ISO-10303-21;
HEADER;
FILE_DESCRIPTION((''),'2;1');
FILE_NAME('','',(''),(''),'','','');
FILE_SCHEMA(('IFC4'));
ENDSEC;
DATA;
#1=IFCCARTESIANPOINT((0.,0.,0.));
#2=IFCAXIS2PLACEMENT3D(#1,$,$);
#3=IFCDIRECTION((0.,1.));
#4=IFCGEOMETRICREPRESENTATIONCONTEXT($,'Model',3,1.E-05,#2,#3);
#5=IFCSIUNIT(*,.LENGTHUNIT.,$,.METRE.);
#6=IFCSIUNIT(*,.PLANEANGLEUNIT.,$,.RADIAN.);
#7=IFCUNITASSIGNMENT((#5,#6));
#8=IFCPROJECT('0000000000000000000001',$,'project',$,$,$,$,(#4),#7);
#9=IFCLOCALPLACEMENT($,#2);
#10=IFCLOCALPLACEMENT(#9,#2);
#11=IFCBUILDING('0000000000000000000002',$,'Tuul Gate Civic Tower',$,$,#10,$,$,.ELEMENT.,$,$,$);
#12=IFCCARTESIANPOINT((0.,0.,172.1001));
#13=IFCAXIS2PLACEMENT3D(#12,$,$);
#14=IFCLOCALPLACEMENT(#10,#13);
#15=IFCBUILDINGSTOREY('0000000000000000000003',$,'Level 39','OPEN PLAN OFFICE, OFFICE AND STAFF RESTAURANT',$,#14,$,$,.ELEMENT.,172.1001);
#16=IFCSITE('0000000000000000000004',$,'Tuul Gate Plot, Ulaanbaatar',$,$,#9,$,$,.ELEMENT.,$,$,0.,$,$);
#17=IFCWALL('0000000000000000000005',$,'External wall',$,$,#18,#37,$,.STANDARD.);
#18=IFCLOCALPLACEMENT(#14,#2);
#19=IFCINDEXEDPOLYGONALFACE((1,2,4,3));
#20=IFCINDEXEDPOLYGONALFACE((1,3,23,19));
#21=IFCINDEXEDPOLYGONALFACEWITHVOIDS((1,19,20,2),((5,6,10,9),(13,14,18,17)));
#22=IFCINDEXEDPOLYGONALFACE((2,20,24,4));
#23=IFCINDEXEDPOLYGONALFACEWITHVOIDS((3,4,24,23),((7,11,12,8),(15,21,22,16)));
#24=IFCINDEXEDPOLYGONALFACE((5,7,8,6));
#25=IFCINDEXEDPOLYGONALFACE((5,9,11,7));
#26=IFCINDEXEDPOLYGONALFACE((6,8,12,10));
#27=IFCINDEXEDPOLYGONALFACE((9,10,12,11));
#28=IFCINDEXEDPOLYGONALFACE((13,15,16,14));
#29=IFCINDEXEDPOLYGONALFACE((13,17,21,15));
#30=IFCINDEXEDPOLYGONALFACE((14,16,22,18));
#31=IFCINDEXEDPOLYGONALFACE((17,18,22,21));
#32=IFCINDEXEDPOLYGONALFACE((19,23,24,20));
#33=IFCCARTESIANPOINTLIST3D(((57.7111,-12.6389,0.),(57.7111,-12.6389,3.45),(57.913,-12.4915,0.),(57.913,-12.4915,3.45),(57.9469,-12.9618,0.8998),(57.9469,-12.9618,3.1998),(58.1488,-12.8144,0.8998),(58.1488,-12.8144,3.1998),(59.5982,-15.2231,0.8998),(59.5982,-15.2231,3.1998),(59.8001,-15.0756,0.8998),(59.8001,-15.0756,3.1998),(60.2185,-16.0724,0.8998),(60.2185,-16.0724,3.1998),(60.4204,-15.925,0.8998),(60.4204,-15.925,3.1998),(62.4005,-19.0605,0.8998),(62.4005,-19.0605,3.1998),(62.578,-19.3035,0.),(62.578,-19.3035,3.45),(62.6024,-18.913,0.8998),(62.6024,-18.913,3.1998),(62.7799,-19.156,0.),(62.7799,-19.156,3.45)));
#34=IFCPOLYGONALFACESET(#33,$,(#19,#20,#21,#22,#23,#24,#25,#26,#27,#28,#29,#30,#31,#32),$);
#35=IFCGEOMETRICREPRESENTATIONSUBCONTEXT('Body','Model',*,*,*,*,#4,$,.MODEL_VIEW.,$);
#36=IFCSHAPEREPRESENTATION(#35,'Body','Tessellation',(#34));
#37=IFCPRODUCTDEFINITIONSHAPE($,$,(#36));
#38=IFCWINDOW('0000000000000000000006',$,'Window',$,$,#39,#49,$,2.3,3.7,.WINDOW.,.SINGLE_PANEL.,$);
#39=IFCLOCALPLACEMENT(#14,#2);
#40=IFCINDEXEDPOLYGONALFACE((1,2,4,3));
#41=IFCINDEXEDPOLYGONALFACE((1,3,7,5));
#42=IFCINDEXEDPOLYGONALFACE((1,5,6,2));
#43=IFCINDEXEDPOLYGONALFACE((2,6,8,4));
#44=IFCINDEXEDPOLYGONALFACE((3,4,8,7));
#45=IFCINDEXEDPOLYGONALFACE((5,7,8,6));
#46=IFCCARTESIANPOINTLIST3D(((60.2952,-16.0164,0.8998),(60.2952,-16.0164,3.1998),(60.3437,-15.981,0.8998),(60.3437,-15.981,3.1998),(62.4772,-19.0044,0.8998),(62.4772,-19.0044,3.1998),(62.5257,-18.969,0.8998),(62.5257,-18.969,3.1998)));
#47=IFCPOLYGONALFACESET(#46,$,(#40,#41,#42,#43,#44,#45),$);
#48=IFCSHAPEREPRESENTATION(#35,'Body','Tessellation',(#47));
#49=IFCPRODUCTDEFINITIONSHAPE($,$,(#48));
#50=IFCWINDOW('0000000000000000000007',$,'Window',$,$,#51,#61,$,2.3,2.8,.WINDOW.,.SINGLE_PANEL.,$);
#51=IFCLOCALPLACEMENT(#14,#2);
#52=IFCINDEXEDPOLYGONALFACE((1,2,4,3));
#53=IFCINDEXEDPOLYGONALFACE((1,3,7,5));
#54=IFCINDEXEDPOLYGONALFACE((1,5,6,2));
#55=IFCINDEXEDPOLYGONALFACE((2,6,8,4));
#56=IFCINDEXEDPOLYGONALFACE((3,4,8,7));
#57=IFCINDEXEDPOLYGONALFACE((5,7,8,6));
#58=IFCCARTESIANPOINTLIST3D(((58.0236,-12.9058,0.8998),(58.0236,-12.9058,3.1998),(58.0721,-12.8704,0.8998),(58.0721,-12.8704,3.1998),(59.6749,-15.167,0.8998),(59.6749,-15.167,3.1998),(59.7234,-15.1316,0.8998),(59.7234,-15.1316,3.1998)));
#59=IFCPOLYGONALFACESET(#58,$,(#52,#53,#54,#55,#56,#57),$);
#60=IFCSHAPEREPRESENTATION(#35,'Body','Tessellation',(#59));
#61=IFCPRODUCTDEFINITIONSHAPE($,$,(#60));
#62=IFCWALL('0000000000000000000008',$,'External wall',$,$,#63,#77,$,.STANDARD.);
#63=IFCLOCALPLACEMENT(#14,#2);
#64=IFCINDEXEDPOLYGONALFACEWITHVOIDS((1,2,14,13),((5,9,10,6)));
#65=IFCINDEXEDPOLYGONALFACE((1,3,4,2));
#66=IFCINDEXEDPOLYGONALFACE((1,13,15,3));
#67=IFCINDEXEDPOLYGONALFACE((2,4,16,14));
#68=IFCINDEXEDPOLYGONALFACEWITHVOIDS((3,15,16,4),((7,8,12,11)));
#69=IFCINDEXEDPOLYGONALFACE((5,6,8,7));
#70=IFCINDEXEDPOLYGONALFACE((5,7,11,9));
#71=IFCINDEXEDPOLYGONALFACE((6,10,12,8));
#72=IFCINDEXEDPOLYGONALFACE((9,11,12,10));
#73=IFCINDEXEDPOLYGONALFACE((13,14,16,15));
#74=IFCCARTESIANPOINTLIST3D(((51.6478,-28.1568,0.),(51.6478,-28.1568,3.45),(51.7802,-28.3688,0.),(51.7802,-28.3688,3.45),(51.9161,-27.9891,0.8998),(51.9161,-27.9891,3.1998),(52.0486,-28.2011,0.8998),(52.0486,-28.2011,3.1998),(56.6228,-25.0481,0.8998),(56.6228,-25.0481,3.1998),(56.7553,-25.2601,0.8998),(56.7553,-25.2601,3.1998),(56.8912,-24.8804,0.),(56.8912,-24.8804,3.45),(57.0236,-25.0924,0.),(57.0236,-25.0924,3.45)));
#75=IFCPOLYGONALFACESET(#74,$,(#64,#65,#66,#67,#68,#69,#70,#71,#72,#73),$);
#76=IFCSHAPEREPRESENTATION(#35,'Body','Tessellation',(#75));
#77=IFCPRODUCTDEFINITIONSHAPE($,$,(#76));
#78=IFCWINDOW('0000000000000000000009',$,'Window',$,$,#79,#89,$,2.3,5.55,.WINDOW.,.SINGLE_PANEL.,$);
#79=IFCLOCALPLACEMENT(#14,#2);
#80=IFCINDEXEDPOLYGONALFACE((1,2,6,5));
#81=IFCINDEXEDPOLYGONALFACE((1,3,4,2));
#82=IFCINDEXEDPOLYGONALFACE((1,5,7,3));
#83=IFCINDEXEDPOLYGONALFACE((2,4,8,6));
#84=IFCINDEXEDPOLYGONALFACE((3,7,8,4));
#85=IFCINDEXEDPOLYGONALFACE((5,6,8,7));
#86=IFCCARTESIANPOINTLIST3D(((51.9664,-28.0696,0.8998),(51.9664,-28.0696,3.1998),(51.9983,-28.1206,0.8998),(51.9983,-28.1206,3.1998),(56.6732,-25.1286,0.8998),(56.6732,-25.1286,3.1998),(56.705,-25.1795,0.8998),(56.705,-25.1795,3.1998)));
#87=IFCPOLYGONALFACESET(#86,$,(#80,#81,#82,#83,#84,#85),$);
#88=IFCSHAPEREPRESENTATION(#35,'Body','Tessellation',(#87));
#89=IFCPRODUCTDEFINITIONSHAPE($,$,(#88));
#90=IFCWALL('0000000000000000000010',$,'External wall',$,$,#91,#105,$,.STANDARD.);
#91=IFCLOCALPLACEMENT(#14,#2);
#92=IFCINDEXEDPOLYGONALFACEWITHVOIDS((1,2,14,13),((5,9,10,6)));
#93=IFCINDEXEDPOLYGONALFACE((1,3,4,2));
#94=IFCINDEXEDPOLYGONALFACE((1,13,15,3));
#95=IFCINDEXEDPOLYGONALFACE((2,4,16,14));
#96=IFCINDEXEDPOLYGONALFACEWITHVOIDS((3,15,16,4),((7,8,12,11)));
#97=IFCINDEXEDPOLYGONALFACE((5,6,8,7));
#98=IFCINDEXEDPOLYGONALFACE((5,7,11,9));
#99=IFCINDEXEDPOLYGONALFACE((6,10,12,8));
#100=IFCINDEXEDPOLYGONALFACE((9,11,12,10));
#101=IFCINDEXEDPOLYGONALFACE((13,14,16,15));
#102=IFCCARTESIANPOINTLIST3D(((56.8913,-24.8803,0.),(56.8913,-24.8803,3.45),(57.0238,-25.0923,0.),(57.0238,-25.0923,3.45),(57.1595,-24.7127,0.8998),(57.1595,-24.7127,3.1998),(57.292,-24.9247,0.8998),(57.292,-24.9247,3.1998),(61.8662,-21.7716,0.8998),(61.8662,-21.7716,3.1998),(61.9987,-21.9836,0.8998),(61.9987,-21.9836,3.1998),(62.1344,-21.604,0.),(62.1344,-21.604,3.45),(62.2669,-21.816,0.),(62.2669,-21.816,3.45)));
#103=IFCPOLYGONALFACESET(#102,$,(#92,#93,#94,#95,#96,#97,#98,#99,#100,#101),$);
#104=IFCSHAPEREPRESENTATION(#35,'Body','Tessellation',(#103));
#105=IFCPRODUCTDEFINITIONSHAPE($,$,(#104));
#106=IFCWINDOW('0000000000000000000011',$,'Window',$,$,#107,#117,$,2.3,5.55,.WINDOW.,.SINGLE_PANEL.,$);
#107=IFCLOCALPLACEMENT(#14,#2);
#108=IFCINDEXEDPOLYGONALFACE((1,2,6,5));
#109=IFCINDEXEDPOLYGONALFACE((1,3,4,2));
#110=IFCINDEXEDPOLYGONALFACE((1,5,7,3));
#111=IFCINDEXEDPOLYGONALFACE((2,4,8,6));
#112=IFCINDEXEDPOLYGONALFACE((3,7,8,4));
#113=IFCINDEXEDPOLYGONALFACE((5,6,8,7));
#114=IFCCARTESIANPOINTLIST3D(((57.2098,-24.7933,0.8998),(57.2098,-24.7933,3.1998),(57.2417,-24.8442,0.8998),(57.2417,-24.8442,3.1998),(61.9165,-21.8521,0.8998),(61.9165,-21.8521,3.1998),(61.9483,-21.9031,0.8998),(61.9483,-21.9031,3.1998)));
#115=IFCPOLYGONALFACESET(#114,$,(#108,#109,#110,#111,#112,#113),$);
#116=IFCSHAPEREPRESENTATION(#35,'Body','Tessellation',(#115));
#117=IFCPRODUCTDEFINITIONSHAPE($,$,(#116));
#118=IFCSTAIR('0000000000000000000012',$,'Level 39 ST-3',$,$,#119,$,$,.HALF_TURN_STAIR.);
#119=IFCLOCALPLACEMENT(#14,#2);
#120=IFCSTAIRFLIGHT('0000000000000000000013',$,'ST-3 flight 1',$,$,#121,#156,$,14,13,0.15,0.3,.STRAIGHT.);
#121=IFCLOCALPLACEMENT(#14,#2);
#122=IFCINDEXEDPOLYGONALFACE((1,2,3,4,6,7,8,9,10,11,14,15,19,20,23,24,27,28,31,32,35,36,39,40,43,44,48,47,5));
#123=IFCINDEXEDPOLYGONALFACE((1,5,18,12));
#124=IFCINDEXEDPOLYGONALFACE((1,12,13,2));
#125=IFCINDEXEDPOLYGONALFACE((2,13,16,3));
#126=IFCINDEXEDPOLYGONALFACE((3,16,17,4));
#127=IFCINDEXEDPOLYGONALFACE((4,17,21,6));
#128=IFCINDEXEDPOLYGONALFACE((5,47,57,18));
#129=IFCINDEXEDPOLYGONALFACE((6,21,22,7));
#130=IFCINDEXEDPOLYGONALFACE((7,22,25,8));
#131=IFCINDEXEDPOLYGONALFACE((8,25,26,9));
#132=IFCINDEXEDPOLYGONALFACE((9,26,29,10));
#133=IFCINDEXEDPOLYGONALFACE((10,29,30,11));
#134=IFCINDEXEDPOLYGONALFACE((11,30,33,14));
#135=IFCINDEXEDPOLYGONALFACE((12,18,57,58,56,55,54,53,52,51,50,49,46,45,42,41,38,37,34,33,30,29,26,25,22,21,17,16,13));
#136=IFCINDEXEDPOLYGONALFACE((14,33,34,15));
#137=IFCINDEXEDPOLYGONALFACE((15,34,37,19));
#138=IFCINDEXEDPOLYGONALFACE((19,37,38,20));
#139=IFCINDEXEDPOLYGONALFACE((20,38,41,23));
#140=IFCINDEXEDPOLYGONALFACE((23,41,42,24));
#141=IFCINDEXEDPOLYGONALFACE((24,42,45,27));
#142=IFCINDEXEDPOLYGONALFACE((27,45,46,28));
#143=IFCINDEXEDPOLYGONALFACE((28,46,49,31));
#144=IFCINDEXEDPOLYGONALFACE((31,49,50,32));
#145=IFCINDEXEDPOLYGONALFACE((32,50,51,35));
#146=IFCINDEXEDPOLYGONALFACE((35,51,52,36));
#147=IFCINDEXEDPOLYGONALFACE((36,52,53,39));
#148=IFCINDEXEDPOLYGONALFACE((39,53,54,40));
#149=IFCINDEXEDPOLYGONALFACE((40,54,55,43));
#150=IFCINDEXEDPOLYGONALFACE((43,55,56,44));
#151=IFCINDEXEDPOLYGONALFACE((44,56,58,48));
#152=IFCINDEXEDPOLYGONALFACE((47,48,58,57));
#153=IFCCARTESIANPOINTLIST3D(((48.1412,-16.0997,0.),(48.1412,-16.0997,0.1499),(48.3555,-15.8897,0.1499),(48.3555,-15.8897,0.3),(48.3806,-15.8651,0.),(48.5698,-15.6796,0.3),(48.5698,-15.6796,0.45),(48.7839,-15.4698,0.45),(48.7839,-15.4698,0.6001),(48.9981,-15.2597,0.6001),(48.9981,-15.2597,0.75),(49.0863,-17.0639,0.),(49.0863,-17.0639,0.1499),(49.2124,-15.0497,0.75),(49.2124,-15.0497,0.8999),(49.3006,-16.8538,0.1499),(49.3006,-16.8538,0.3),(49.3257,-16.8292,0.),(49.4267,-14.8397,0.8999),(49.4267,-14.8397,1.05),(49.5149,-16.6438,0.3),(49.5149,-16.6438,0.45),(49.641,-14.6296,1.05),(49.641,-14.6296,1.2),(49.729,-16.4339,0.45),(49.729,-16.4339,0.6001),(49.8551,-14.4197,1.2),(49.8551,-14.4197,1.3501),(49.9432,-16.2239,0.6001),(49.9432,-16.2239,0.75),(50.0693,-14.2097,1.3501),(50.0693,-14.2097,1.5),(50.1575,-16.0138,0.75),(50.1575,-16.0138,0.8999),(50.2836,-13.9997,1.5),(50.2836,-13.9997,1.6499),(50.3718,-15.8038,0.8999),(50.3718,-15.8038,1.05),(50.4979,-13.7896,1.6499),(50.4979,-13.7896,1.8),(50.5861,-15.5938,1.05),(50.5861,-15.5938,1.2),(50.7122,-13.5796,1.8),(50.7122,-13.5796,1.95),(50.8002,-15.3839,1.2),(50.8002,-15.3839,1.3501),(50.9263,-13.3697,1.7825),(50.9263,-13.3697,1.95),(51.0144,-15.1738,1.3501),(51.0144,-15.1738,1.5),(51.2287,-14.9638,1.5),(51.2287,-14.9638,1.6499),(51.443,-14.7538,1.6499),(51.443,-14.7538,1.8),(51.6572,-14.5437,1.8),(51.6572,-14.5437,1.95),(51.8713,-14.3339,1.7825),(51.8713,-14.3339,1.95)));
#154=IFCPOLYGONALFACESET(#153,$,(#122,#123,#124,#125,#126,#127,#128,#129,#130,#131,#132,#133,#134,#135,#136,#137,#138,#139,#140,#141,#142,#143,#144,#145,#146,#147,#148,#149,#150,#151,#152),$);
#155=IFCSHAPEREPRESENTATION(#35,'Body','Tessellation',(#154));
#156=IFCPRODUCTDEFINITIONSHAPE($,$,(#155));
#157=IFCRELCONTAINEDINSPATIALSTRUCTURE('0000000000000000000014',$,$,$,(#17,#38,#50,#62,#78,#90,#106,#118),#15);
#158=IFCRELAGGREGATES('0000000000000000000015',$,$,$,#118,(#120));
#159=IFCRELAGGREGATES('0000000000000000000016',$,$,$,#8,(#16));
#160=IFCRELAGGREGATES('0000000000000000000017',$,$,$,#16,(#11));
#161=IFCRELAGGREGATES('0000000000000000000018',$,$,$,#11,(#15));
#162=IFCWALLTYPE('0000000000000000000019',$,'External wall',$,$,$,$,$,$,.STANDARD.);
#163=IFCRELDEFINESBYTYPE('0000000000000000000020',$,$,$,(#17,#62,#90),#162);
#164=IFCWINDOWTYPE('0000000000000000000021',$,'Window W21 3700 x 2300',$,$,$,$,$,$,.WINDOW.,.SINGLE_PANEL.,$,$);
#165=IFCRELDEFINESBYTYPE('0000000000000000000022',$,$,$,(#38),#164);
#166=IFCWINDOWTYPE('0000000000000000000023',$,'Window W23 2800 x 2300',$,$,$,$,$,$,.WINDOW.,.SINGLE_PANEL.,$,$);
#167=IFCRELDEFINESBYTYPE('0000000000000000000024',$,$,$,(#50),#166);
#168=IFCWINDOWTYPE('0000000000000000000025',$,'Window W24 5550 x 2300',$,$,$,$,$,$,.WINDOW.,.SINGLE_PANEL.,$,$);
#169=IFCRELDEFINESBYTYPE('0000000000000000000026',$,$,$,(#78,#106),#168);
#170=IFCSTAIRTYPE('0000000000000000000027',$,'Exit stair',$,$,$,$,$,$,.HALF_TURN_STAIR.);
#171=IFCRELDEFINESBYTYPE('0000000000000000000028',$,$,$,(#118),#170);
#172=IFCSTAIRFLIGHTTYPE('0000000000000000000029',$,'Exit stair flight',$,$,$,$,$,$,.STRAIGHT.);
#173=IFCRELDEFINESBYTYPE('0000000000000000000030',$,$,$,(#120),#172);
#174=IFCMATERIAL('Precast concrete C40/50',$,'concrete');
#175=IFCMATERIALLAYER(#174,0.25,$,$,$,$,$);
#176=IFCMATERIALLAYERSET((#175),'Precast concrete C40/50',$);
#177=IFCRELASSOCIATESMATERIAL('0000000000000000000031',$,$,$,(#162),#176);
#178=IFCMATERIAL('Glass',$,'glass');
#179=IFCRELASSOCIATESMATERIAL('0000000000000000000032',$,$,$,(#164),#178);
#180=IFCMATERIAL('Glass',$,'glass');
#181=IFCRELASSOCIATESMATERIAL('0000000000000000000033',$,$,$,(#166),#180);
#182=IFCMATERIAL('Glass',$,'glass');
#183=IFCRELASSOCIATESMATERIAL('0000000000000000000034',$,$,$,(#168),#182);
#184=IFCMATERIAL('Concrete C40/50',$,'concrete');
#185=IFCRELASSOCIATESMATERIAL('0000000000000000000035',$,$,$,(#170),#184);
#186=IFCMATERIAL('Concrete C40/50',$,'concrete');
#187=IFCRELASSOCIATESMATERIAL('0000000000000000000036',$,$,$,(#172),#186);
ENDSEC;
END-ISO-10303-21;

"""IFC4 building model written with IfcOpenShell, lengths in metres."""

from ifc_helpers import new_model, si_unit, direction, frame, frame_2d, origin, place, context, subcontext, project, spatial, polyline, rectangle, outline, extrude, material, layer, layer_set, type_object, element, fill, aggregate, save


model = new_model("IFC4")

# Units and contexts
model_context = context("Model", 3, precision=1e-05, world=origin(), true_north=direction((0.0, 1.0)))
body_context = subcontext(model_context, "Body", "Model", "MODEL_VIEW")
ifc_project = project(units=[si_unit("LENGTHUNIT", "METRE"), si_unit("PLANEANGLEUNIT", "RADIAN")], contexts=[model_context])

# Site, building, storey
site_placement = place(None, origin())
site = spatial("IfcSite", under=ifc_project, at=site_placement, Name="Tuul Gate Plot, Ulaanbaatar", CompositionType="ELEMENT", RefElevation=0.0)
building_placement = place(site_placement, origin())
building = spatial("IfcBuilding", under=site, at=building_placement, Name="Tuul Gate Civic Tower", CompositionType="ELEMENT")
storey_placement = place(building_placement, frame((0.0, 0.0, 172.1001)))
storey = spatial("IfcBuildingStorey", under=building, at=storey_placement, Name="Level 39", Description="OPEN PLAN OFFICE, OFFICE AND STAFF RESTAURANT", CompositionType="ELEMENT", Elevation=172.1001)

# Shared definitions
ifc_material_1 = material(Name="Precast concrete C40/50", Category="concrete")
ifc_layer_1 = layer(ifc_material_1, 0.25)
ifc_layer_set_1 = layer_set([ifc_layer_1], Name="Precast concrete C40/50")
wall_type_1 = type_object("IfcWallType", Name="External wall", PredefinedType="STANDARD", material=ifc_layer_set_1)

# Wall, openings, windows
wall_1_placement = place(storey_placement, frame((62.679, -19.2297, 0.0), z_axis=(0.0, 0.0, 1.0), x_axis=(-0.589755, 0.807582, 0.0)))
wall_1 = element("IfcWall", 1, at=wall_1_placement, inside=storey, type_object=wall_type_1, Name="External wall", PredefinedType="STANDARD", context=body_context, shape_type="SweptSolid", body=[
    extrude(rectangle(XDim=8.2524, YDim=0.25, at=frame_2d((4.1262, 0.0))), origin(), (0.0, 0.0, 1.0), 3.45),
])
opening_1_placement = place(wall_1_placement, frame((0.3008, 0.0, 0.8999)))
opening_1 = element("IfcOpeningElement", 2, at=opening_1_placement, cuts=wall_1, PredefinedType="OPENING", context=body_context, shape_type="SweptSolid", body=[
    extrude(rectangle(XDim=3.7, YDim=2.3, at=frame_2d((1.8501, 1.1499))), frame((0.0, 0.135, 0.0), z_axis=(0.0, -1.0, 0.0), x_axis=(1.0, 0.0, 0.0)), (0.0, 0.0, 1.0), 0.27),
])
opening_2_placement = place(wall_1_placement, frame((5.0527, 0.0, 0.8999)))
opening_2 = element("IfcOpeningElement", 3, at=opening_2_placement, cuts=wall_1, PredefinedType="OPENING", context=body_context, shape_type="SweptSolid", body=[
    extrude(rectangle(XDim=2.8, YDim=2.3, at=frame_2d((1.3999, 1.1499))), frame((0.0, 0.135, 0.0), z_axis=(0.0, -1.0, 0.0), x_axis=(1.0, 0.0, 0.0)), (0.0, 0.0, 1.0), 0.27),
])
ifc_material_2 = material(Name="Glass", Category="glass")
window_type_1 = type_object("IfcWindowType", Name="Window W21 3700 x 2300", PartitioningType="SINGLE_PANEL", PredefinedType="WINDOW", material=ifc_material_2)
window_1_placement = place(opening_1_placement, origin())
window_1 = element("IfcWindow", 4, at=window_1_placement, inside=storey, type_object=window_type_1, Name="Window", OverallHeight=2.3, OverallWidth=3.7, PartitioningType="SINGLE_PANEL", PredefinedType="WINDOW", context=body_context, shape_type="SweptSolid", body=[
    extrude(rectangle(XDim=3.7, YDim=2.3, at=frame_2d((1.8501, 1.1499))), frame((0.0, 0.03, 0.0), z_axis=(0.0, -1.0, 0.0), x_axis=(1.0, 0.0, 0.0)), (0.0, 0.0, 1.0), 0.0601),
])
fill(opening_1, window_1)
ifc_material_3 = material(Name="Glass", Category="glass")
window_type_2 = type_object("IfcWindowType", Name="Window W23 2800 x 2300", PartitioningType="SINGLE_PANEL", PredefinedType="WINDOW", material=ifc_material_3)
window_2_placement = place(opening_2_placement, origin())
window_2 = element("IfcWindow", 5, at=window_2_placement, inside=storey, type_object=window_type_2, Name="Window", OverallHeight=2.3, OverallWidth=2.8, PartitioningType="SINGLE_PANEL", PredefinedType="WINDOW", context=body_context, shape_type="SweptSolid", body=[
    extrude(rectangle(XDim=2.8, YDim=2.3, at=frame_2d((1.3999, 1.1499))), frame((0.0, 0.03, 0.0), z_axis=(0.0, -1.0, 0.0), x_axis=(1.0, 0.0, 0.0)), (0.0, 0.0, 1.0), 0.0601),
])
fill(opening_2, window_2)

# Walls, openings, windows
wall_2_placement = place(storey_placement, frame((51.7141, -28.2627, 0.0), z_axis=(0.0, 0.0, 1.0), x_axis=(0.848054, 0.52991, 0.0)))
wall_2 = element("IfcWall", 6, at=wall_2_placement, inside=storey, type_object=wall_type_1, Name="External wall", PredefinedType="STANDARD", context=body_context, shape_type="SweptSolid", body=[
    extrude(rectangle(XDim=6.1829, YDim=0.25, at=frame_2d((3.0913, 0.0))), origin(), (0.0, 0.0, 1.0), 3.45),
])
opening_3_placement = place(wall_2_placement, frame((0.3164, 0.0, 0.8999)))
opening_3 = element("IfcOpeningElement", 7, at=opening_3_placement, cuts=wall_2, PredefinedType="OPENING", context=body_context, shape_type="SweptSolid", body=[
    extrude(rectangle(XDim=5.55, YDim=2.3, at=frame_2d((2.7749, 1.1499))), frame((0.0, 0.135, 0.0), z_axis=(0.0, -1.0, 0.0), x_axis=(1.0, 0.0, 0.0)), (0.0, 0.0, 1.0), 0.27),
])
ifc_material_4 = material(Name="Glass", Category="glass")
window_type_3 = type_object("IfcWindowType", Name="Window W24 5550 x 2300", PartitioningType="SINGLE_PANEL", PredefinedType="WINDOW", material=ifc_material_4)
window_3_placement = place(opening_3_placement, origin())
window_3 = element("IfcWindow", 8, at=window_3_placement, inside=storey, type_object=window_type_3, Name="Window", OverallHeight=2.3, OverallWidth=5.55, PartitioningType="SINGLE_PANEL", PredefinedType="WINDOW", context=body_context, shape_type="SweptSolid", body=[
    extrude(rectangle(XDim=5.55, YDim=2.3, at=frame_2d((2.7749, 1.1499))), frame((0.0, 0.03, 0.0), z_axis=(0.0, -1.0, 0.0), x_axis=(1.0, 0.0, 0.0)), (0.0, 0.0, 1.0), 0.0601),
])
fill(opening_3, window_3)
wall_3_placement = place(storey_placement, frame((56.9575, -24.9863, 0.0), z_axis=(0.0, 0.0, 1.0), x_axis=(0.848043, 0.529928, 0.0)))
wall_3 = element("IfcWall", 9, at=wall_3_placement, inside=storey, type_object=wall_type_1, Name="External wall", PredefinedType="STANDARD", context=body_context, shape_type="SweptSolid", body=[
    extrude(rectangle(XDim=6.1826, YDim=0.25, at=frame_2d((3.0913, 0.0))), origin(), (0.0, 0.0, 1.0), 3.45),
])
opening_4_placement = place(wall_3_placement, frame((0.3164, 0.0, 0.8999)))
opening_4 = element("IfcOpeningElement", 10, at=opening_4_placement, cuts=wall_3, PredefinedType="OPENING", context=body_context, shape_type="SweptSolid", body=[
    extrude(rectangle(XDim=5.55, YDim=2.3, at=frame_2d((2.7749, 1.1499))), frame((0.0, 0.135, 0.0), z_axis=(0.0, -1.0, 0.0), x_axis=(1.0, 0.0, 0.0)), (0.0, 0.0, 1.0), 0.27),
])
window_4_placement = place(opening_4_placement, origin())
window_4 = element("IfcWindow", 11, at=window_4_placement, inside=storey, type_object=window_type_3, Name="Window", OverallHeight=2.3, OverallWidth=5.55, PartitioningType="SINGLE_PANEL", PredefinedType="WINDOW", context=body_context, shape_type="SweptSolid", body=[
    extrude(rectangle(XDim=5.55, YDim=2.3, at=frame_2d((2.7749, 1.1499))), frame((0.0, 0.03, 0.0), z_axis=(0.0, -1.0, 0.0), x_axis=(1.0, 0.0, 0.0)), (0.0, 0.0, 1.0), 0.0601),
])
fill(opening_4, window_4)

# Stair, stair flight
ifc_material_5 = material(Name="Concrete C40/50", Category="concrete")
stair_type = type_object("IfcStairType", Name="Exit stair", PredefinedType="HALF_TURN_STAIR", material=ifc_material_5)
stair_placement = place(storey_placement, origin())
stair = element("IfcStair", 12, at=stair_placement, inside=storey, type_object=stair_type, Name="Level 39 ST-3", PredefinedType="HALF_TURN_STAIR")
ifc_material_6 = material(Name="Concrete C40/50", Category="concrete")
stair_flight_type = type_object("IfcStairFlightType", Name="Exit stair flight", PredefinedType="STRAIGHT", material=ifc_material_6)
stair_flight_placement = place(storey_placement, frame((48.6138, -16.5818, 0.0), z_axis=(0.0, 0.0, 1.0), x_axis=(0.714127, 0.700016, 0.0)))
stair_flight = element("IfcStairFlight", 13, at=stair_flight_placement, type_object=stair_flight_type, Name="ST-3 flight 1", NumberOfRisers=14, NumberOfTreads=13, PredefinedType="STRAIGHT", RiserHeight=0.15, TreadLength=0.3, context=body_context, shape_type="SweptSolid", body=[
    extrude(outline(polyline([(0.0, 0.0), (0.0, 0.1499), (0.3, 0.1499), (0.3, 0.3), (0.6001, 0.3), (0.6001, 0.45), (0.8999, 0.45), (0.8999, 0.6001), (1.2, 0.6001), (1.2, 0.75), (1.5, 0.75), (1.5, 0.8999), (1.8, 0.8999), (1.8, 1.05), (2.1001, 1.05), (2.1001, 1.2), (2.3999, 1.2), (2.3999, 1.3501), (2.7, 1.3501), (2.7, 1.5), (3.0, 1.5), (3.0, 1.6499), (3.3, 1.6499), (3.3, 1.8), (3.6001, 1.8), (3.6001, 1.95), (3.8999, 1.95), (3.8999, 2.1001), (3.8999, 1.7825), (0.3352, 0.0), (0.0, 0.0)])), frame((0.0, 0.675, 0.0), z_axis=(0.0, -1.0, 0.0), x_axis=(1.0, 0.0, 0.0)), (0.0, 0.0, 1.0), 1.3501),
])
aggregate(stair, [stair_flight])

save(model, "model.ifc")
